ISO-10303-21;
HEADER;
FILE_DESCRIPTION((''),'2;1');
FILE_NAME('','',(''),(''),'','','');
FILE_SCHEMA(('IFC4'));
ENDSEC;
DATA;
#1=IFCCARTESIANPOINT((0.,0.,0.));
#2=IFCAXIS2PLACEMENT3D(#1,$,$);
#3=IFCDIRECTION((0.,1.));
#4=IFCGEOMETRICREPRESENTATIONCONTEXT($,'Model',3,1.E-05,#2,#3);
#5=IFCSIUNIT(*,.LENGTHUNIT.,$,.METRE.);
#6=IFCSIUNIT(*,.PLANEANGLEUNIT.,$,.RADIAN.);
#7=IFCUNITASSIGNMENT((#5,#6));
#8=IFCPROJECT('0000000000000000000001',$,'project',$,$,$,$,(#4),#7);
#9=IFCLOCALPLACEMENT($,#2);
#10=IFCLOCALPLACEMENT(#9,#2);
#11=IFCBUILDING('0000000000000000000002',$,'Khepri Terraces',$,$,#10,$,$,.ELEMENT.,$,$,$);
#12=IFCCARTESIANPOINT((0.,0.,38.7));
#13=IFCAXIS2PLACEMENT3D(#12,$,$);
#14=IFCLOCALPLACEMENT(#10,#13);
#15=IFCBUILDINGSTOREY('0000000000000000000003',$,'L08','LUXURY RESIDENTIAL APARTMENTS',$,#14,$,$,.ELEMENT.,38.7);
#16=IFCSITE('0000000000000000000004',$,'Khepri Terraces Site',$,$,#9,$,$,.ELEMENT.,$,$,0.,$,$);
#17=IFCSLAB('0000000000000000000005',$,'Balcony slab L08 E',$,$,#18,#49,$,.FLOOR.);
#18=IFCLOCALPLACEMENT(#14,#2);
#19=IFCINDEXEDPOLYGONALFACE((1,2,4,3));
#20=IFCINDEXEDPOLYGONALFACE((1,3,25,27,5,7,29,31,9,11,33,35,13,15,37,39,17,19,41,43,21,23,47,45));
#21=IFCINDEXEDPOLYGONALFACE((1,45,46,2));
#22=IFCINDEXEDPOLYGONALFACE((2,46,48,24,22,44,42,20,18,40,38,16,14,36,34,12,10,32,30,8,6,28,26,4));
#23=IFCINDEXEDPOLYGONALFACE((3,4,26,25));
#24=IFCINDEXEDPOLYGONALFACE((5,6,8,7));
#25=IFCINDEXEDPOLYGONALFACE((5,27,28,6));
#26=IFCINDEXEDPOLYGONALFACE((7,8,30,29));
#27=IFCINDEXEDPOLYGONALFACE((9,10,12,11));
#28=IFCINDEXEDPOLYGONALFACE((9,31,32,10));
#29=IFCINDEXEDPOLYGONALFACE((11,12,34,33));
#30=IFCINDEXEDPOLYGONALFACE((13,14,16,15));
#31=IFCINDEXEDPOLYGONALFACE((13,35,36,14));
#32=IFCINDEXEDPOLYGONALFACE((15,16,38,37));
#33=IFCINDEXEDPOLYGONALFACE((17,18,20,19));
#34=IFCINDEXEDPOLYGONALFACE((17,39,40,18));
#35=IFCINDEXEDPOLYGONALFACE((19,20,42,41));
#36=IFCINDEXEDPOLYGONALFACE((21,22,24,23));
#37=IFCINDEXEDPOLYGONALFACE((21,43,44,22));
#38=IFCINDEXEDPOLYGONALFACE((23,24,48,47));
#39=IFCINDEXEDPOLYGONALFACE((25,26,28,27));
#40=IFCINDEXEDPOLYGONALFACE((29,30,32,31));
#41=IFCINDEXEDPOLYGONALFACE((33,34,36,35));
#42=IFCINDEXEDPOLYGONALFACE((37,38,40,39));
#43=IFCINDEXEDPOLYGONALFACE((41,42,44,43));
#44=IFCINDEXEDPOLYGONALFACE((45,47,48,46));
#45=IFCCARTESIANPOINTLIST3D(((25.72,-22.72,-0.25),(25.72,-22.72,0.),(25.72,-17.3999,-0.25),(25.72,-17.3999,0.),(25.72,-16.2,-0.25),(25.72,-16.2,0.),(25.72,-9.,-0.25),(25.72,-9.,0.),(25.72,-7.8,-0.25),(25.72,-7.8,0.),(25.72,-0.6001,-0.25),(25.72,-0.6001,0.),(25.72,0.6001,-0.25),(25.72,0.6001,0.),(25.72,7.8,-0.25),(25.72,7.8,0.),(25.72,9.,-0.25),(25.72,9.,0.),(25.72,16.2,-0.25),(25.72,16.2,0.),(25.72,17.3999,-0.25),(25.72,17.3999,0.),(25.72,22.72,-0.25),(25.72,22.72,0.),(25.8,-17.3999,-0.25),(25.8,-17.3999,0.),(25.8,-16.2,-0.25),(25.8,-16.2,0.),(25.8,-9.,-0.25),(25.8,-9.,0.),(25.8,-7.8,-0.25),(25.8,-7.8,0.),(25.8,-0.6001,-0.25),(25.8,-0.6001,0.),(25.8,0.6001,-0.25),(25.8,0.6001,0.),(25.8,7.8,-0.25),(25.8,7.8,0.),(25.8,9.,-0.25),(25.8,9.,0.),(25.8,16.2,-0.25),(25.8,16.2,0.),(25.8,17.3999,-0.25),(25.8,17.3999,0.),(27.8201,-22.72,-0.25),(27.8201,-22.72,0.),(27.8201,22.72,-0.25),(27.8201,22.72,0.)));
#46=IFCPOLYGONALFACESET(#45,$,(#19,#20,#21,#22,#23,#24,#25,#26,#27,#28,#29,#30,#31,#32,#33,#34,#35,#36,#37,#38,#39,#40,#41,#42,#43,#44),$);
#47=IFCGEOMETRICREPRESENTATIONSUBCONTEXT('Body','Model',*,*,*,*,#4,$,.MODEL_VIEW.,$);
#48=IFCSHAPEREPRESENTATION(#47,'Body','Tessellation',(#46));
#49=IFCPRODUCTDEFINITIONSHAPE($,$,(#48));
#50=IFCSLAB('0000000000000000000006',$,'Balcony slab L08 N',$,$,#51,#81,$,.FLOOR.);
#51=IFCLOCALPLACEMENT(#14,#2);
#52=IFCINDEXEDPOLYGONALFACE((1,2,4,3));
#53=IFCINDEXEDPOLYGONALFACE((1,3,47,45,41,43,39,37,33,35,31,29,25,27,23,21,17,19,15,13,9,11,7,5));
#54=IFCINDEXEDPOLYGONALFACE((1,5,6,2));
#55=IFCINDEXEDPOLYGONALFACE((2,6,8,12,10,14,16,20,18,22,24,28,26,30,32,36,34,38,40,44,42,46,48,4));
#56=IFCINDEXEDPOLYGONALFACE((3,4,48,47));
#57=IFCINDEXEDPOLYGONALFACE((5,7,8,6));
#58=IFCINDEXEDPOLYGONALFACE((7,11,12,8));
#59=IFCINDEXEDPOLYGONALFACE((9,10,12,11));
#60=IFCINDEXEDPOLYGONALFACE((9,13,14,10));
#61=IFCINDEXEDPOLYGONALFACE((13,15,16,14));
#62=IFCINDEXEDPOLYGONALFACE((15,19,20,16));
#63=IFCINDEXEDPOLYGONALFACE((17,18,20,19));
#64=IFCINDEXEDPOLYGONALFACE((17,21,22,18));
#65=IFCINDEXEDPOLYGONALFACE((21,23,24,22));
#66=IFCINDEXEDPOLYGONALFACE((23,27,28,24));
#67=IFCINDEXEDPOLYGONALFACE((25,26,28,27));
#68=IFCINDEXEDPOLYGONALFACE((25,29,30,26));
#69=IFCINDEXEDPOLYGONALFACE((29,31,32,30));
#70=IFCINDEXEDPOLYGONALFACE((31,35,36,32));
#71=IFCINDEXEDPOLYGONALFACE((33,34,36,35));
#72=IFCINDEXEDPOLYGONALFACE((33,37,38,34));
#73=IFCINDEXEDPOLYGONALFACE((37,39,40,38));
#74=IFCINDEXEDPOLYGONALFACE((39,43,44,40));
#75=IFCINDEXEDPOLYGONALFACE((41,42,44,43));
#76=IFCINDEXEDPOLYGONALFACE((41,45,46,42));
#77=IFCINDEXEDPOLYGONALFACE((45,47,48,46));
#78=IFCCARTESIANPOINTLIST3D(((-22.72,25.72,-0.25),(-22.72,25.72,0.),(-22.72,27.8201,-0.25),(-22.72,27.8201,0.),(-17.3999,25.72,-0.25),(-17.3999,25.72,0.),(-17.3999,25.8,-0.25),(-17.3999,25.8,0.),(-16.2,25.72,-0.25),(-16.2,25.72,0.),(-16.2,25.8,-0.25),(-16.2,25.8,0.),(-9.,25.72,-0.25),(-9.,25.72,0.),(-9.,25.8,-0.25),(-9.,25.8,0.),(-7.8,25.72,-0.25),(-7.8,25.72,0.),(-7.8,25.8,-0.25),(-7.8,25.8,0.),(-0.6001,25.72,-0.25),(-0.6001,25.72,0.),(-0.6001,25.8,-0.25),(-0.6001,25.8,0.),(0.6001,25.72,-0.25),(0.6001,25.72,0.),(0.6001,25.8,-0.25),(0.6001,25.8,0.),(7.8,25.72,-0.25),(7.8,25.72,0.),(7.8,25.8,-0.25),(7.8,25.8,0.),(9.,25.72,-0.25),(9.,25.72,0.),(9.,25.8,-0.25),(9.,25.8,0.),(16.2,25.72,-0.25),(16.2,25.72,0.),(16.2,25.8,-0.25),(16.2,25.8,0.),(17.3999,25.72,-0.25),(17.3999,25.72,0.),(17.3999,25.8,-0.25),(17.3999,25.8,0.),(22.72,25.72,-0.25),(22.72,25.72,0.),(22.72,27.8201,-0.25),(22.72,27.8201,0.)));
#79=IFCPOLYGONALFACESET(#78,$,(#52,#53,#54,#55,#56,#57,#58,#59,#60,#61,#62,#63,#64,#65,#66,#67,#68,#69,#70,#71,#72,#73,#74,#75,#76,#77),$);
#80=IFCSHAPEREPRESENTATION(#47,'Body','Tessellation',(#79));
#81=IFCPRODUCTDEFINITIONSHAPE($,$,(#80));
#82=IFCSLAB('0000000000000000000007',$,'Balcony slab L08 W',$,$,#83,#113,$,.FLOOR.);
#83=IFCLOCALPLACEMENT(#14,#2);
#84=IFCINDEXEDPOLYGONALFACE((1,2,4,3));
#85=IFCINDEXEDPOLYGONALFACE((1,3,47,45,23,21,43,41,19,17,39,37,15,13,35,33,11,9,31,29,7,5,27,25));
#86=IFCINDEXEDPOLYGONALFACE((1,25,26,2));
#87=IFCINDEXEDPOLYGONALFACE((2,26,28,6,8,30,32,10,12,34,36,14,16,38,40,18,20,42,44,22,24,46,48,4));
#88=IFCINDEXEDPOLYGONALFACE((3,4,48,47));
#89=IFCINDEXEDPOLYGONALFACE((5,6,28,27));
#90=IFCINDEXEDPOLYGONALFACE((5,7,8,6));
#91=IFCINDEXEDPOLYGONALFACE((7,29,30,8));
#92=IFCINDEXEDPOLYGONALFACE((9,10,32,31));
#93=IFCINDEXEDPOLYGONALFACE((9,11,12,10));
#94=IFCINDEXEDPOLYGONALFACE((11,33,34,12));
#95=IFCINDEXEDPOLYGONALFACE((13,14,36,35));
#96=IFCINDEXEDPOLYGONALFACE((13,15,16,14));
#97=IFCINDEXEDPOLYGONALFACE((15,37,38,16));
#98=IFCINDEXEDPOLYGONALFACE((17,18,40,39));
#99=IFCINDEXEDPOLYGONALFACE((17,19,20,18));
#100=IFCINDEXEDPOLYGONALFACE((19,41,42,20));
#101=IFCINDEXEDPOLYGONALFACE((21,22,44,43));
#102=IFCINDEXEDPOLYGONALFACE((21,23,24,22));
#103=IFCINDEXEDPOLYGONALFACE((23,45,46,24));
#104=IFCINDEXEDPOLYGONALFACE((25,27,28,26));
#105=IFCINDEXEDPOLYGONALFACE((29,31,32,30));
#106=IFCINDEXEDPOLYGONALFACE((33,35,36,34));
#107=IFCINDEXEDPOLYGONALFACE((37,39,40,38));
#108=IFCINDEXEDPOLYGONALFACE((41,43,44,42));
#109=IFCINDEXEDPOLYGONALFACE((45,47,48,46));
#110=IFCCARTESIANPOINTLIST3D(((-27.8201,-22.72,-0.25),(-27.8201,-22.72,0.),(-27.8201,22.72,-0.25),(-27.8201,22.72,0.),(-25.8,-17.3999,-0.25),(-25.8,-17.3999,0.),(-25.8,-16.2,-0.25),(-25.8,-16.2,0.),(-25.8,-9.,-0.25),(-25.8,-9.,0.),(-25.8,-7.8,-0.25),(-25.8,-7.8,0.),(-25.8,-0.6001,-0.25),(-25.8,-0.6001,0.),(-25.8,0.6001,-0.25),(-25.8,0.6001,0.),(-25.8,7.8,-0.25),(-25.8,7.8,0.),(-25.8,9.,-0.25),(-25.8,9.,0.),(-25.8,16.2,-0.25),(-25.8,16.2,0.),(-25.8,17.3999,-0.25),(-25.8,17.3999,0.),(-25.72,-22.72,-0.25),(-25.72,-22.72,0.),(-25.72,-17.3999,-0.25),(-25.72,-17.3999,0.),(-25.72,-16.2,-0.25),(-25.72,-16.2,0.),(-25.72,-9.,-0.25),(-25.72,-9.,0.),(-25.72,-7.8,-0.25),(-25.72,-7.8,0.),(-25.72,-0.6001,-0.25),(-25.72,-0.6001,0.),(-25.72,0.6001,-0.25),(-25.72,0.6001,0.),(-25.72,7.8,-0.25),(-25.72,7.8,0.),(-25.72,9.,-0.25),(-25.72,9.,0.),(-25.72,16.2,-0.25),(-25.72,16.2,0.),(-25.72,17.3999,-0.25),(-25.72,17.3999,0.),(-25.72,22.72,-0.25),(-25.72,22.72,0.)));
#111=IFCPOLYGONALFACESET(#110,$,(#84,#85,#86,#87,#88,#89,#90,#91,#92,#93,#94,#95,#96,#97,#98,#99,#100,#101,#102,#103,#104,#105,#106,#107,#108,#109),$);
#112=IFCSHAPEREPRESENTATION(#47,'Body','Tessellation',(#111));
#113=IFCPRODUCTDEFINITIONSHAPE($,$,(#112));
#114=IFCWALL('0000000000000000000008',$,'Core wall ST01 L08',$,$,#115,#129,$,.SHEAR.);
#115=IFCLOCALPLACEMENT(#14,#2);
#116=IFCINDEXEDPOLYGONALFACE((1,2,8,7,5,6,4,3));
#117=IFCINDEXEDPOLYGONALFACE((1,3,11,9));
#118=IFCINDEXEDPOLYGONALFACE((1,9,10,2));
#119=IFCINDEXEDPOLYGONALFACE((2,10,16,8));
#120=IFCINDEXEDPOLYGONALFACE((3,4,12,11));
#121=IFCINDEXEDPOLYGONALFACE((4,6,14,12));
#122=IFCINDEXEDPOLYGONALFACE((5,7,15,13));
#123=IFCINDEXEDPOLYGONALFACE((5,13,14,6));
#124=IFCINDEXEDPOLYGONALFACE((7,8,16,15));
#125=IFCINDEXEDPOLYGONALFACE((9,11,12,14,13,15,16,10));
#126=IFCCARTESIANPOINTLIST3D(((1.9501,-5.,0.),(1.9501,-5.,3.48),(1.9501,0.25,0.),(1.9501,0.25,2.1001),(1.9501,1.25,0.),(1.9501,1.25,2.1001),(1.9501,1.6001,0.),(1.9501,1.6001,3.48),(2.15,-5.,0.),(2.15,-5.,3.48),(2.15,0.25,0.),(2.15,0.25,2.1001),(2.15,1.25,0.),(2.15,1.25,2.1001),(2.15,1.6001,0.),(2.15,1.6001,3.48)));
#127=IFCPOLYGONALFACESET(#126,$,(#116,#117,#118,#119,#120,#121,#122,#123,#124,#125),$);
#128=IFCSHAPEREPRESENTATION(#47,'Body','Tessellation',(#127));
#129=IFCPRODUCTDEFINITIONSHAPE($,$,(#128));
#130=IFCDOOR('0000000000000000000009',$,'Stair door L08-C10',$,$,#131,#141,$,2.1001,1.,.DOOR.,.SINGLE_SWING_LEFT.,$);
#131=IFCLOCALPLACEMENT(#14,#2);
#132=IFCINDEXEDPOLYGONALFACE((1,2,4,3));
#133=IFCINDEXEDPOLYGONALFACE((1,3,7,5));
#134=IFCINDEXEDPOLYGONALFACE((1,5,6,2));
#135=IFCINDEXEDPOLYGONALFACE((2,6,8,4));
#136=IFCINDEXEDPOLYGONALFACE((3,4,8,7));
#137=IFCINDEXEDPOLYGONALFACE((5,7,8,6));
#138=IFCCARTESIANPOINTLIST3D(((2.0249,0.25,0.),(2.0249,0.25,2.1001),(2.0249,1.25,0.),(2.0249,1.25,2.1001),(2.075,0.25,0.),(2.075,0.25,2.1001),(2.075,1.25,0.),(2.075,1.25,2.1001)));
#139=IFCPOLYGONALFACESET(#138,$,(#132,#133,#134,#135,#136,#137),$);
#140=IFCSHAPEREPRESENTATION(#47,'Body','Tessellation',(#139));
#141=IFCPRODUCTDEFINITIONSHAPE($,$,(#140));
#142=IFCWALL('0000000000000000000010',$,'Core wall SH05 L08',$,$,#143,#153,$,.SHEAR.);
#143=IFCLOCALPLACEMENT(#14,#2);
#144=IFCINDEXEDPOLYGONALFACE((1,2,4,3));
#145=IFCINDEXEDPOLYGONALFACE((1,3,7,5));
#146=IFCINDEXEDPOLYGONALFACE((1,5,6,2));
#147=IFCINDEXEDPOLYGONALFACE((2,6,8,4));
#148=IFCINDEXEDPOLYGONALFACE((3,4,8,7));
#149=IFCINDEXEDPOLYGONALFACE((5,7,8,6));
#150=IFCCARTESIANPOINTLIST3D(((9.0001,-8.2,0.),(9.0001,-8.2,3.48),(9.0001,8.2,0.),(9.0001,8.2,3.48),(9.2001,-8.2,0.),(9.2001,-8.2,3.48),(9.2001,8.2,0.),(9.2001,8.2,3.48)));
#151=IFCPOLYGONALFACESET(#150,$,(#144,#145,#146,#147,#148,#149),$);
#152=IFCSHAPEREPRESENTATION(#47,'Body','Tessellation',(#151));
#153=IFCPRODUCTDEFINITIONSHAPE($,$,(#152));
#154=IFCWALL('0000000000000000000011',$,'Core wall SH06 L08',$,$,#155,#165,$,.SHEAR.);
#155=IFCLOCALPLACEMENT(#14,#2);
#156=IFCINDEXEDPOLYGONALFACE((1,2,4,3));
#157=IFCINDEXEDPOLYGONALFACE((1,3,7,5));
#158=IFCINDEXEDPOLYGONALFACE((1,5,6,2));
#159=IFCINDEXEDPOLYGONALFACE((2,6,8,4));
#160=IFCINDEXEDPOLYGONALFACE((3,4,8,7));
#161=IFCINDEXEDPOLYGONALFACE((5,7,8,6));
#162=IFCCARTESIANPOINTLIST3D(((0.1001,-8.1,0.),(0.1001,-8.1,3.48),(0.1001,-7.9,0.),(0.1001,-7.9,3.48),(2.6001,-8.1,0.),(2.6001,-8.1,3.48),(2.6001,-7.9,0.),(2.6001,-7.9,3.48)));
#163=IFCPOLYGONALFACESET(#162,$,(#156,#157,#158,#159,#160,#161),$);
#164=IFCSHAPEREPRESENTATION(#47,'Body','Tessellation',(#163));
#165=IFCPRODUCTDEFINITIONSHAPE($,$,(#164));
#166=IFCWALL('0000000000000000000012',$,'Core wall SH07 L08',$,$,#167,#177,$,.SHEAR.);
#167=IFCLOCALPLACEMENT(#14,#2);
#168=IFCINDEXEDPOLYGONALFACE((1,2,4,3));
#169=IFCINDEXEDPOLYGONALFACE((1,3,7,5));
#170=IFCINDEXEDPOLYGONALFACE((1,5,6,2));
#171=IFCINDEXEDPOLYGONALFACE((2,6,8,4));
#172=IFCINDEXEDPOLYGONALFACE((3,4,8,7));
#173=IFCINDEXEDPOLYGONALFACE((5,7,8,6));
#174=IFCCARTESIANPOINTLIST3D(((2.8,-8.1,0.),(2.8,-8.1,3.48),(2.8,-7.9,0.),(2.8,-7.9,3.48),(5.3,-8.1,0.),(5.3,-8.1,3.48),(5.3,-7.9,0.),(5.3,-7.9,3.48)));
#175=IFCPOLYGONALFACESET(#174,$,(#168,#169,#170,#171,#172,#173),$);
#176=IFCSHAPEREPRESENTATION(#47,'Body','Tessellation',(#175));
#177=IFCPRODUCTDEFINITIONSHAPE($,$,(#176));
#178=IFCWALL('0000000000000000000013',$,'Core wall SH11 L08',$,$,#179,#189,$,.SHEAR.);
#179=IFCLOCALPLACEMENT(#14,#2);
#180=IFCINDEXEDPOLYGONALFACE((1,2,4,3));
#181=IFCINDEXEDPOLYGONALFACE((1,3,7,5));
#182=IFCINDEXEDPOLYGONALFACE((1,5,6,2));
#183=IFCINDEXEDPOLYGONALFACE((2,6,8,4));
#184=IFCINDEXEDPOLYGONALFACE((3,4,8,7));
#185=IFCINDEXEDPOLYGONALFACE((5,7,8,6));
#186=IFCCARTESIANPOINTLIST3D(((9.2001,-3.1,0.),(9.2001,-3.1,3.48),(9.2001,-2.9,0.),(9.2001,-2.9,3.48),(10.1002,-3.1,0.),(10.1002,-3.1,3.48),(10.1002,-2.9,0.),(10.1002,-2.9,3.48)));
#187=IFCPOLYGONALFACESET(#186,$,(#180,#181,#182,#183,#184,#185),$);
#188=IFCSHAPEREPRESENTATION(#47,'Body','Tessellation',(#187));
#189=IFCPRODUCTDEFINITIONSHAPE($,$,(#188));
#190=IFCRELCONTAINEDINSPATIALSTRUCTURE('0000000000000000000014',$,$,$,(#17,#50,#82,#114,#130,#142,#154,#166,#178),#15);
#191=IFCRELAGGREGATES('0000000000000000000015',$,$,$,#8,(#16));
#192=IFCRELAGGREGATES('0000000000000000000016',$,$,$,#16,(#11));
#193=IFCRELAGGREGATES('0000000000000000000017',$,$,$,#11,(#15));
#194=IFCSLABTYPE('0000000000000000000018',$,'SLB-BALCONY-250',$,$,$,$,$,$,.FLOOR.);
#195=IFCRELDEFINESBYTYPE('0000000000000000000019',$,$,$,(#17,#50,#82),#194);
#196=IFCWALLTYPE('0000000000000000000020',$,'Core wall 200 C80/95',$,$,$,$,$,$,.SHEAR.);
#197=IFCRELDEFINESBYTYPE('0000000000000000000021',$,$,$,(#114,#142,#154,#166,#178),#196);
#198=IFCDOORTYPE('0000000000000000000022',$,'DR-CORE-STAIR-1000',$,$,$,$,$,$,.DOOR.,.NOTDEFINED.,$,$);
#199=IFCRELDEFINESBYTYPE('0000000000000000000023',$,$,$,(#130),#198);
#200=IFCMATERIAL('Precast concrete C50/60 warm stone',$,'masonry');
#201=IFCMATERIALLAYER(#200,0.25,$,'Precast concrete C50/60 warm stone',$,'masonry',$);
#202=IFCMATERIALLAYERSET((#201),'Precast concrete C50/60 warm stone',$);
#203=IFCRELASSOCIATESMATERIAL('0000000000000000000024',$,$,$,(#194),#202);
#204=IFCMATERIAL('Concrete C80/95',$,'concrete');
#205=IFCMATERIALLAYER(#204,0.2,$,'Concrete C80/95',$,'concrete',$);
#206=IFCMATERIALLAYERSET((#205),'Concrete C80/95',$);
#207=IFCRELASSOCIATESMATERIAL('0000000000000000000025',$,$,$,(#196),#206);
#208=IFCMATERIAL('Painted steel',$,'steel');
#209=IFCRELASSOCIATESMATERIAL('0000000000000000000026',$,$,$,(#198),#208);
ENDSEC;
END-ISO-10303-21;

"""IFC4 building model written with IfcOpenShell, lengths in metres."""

from ifc_helpers import new_model, si_unit, direction, frame, frame_2d, origin, place, context, subcontext, project, spatial, polyline, rectangle, outline, extrude, material, layer, layer_set, type_object, element, fill, save


model = new_model("IFC4")

# Units and contexts
model_context = context("Model", 3, precision=1e-05, world=origin(), true_north=direction((0.0, 1.0)))
body_context = subcontext(model_context, "Body", "Model", "MODEL_VIEW")
ifc_project = project(units=[si_unit("LENGTHUNIT", "METRE"), si_unit("PLANEANGLEUNIT", "RADIAN")], contexts=[model_context])

# Site, building, storey
site_placement = place(None, origin())
site = spatial("IfcSite", under=ifc_project, at=site_placement, Name="Khepri Terraces Site", CompositionType="ELEMENT", RefElevation=0.0)
building_placement = place(site_placement, origin())
building = spatial("IfcBuilding", under=site, at=building_placement, Name="Khepri Terraces", CompositionType="ELEMENT")
storey_placement = place(building_placement, frame((0.0, 0.0, 38.7)))
storey = spatial("IfcBuildingStorey", under=building, at=storey_placement, Name="L08", Description="LUXURY RESIDENTIAL APARTMENTS", CompositionType="ELEMENT", Elevation=38.7)

# Slabs
ifc_material_1 = material(Name="Precast concrete C50/60 warm stone", Category="masonry")
ifc_layer_1 = layer(ifc_material_1, 0.25, Name="Precast concrete C50/60 warm stone", Category="masonry")
ifc_layer_set_1 = layer_set([ifc_layer_1], Name="Precast concrete C50/60 warm stone")
slab_type = type_object("IfcSlabType", Name="SLB-BALCONY-250", PredefinedType="FLOOR", material=ifc_layer_set_1)
slab_1_placement = place(storey_placement, frame((0.0, 0.0, -0.25)))
element("IfcSlab", 1, at=slab_1_placement, inside=storey, type_object=slab_type, Name="Balcony slab L08 E", PredefinedType="FLOOR", context=body_context, shape_type="SweptSolid", body=[
    extrude(outline(polyline([(25.72, -17.3999), (25.72, -22.72), (27.8201, -22.72), (27.8201, 22.72), (25.72, 22.72), (25.72, 17.3999), (25.8, 17.3999), (25.8, 16.2), (25.72, 16.2), (25.72, 9.0), (25.8, 9.0), (25.8, 7.8), (25.72, 7.8), (25.72, 0.6001), (25.8, 0.6001), (25.8, -0.6001), (25.72, -0.6001), (25.72, -7.8), (25.8, -7.8), (25.8, -9.0), (25.72, -9.0), (25.72, -16.2), (25.8, -16.2), (25.8, -17.3999), (25.72, -17.3999)])), origin(), (0.0, 0.0, 1.0), 0.25),
])
slab_2_placement = place(storey_placement, frame((0.0, 0.0, -0.25)))
element("IfcSlab", 2, at=slab_2_placement, inside=storey, type_object=slab_type, Name="Balcony slab L08 N", PredefinedType="FLOOR", context=body_context, shape_type="SweptSolid", body=[
    extrude(outline(polyline([(17.3999, 25.72), (22.72, 25.72), (22.72, 27.8201), (-22.72, 27.8201), (-22.72, 25.72), (-17.3999, 25.72), (-17.3999, 25.8), (-16.2, 25.8), (-16.2, 25.72), (-9.0, 25.72), (-9.0, 25.8), (-7.8, 25.8), (-7.8, 25.72), (-0.6001, 25.72), (-0.6001, 25.8), (0.6001, 25.8), (0.6001, 25.72), (7.8, 25.72), (7.8, 25.8), (9.0, 25.8), (9.0, 25.72), (16.2, 25.72), (16.2, 25.8), (17.3999, 25.8), (17.3999, 25.72)])), origin(), (0.0, 0.0, 1.0), 0.25),
])
slab_3_placement = place(storey_placement, frame((0.0, 0.0, -0.25)))
element("IfcSlab", 3, at=slab_3_placement, inside=storey, type_object=slab_type, Name="Balcony slab L08 W", PredefinedType="FLOOR", context=body_context, shape_type="SweptSolid", body=[
    extrude(outline(polyline([(-25.72, 17.3999), (-25.72, 22.72), (-27.8201, 22.72), (-27.8201, -22.72), (-25.72, -22.72), (-25.72, -17.3999), (-25.8, -17.3999), (-25.8, -16.2), (-25.72, -16.2), (-25.72, -9.0), (-25.8, -9.0), (-25.8, -7.8), (-25.72, -7.8), (-25.72, -0.6001), (-25.8, -0.6001), (-25.8, 0.6001), (-25.72, 0.6001), (-25.72, 7.8), (-25.8, 7.8), (-25.8, 9.0), (-25.72, 9.0), (-25.72, 16.2), (-25.8, 16.2), (-25.8, 17.3999), (-25.72, 17.3999)])), origin(), (0.0, 0.0, 1.0), 0.25),
])

# Wall, opening, door
ifc_material_2 = material(Name="Concrete C80/95", Category="concrete")
ifc_layer_2 = layer(ifc_material_2, 0.2, Name="Concrete C80/95", Category="concrete")
ifc_layer_set_2 = layer_set([ifc_layer_2], Name="Concrete C80/95")
wall_type_1 = type_object("IfcWallType", Name="Core wall 200 C80/95", PredefinedType="SHEAR", material=ifc_layer_set_2)
wall_1_placement = place(storey_placement, frame((2.05, -5.0, 0.0), z_axis=(0.0, 0.0, 1.0), x_axis=(0.0, 1.0, 0.0)))
wall_1 = element("IfcWall", 4, at=wall_1_placement, inside=storey, type_object=wall_type_1, Name="Core wall ST01 L08", PredefinedType="SHEAR", context=body_context, shape_type="SweptSolid", body=[
    extrude(rectangle(XDim=6.6001, YDim=0.2, at=frame_2d((3.3, 0.0))), origin(), (0.0, 0.0, 1.0), 3.48),
])
opening_1_placement = place(wall_1_placement, frame((5.25, 0.0, 0.0)))
opening_1 = element("IfcOpeningElement", 5, at=opening_1_placement, cuts=wall_1, PredefinedType="OPENING", context=body_context, shape_type="SweptSolid", body=[
    extrude(rectangle(XDim=1.0, YDim=2.1001, at=frame_2d((0.5, 1.05))), frame((0.0, 0.1099, 0.0), z_axis=(0.0, -1.0, 0.0), x_axis=(1.0, 0.0, 0.0)), (0.0, 0.0, 1.0), 0.22),
])
ifc_material_3 = material(Name="Painted steel", Category="steel")
door_type_1 = type_object("IfcDoorType", Name="DR-CORE-STAIR-1000", OperationType="NOTDEFINED", PredefinedType="DOOR", material=ifc_material_3)
door_1_placement = place(opening_1_placement, frame((1.0, 0.0, 0.0), z_axis=(0.0, 0.0, 1.0), x_axis=(-1.0, 0.0, 0.0)))
door_1 = element("IfcDoor", 6, at=door_1_placement, inside=storey, type_object=door_type_1, Name="Stair door L08-C10", OperationType="SINGLE_SWING_LEFT", OverallHeight=2.1001, OverallWidth=1.0, PredefinedType="DOOR", context=body_context, shape_type="SweptSolid", body=[
    extrude(rectangle(XDim=1.0, YDim=2.1001, at=frame_2d((0.5, 1.05))), frame((0.0, 0.0249, 0.0), z_axis=(0.0, -1.0, 0.0), x_axis=(1.0, 0.0, 0.0)), (0.0, 0.0, 1.0), 0.05),
])
fill(opening_1, door_1)

# Walls
wall_2_placement = place(storey_placement, frame((9.1001, -8.2, 0.0), z_axis=(0.0, 0.0, 1.0), x_axis=(0.0, 1.0, 0.0)))
element("IfcWall", 7, at=wall_2_placement, inside=storey, type_object=wall_type_1, Name="Core wall SH05 L08", PredefinedType="SHEAR", context=body_context, shape_type="SweptSolid", body=[
    extrude(rectangle(XDim=16.3999, YDim=0.2, at=frame_2d((8.2, 0.0))), origin(), (0.0, 0.0, 1.0), 3.48),
])
for number, where, z_axis, x_axis, name in (
    (8, (0.1001, -8.0, 0.0), (0.0, 0.0, 1.0), (1.0, 0.0, 0.0), "Core wall SH06 L08"),
    (9, (2.8, -8.0, 0.0), (0.0, 0.0, 1.0), (1.0, 0.0, 0.0), "Core wall SH07 L08"),
):
    element("IfcWall", number, at=place(storey_placement, frame(where, z_axis=z_axis, x_axis=x_axis)), inside=storey, type_object=wall_type_1, Name=name, PredefinedType="SHEAR", context=body_context, shape_type="SweptSolid", body=[
        extrude(rectangle(XDim=2.5, YDim=0.2, at=frame_2d((1.25, 0.0))), origin(), (0.0, 0.0, 1.0), 3.48),
    ])
wall_3_placement = place(storey_placement, frame((9.2, -3.0, 0.0), z_axis=(0.0, 0.0, 1.0), x_axis=(1.0, 0.0, 0.0)))
element("IfcWall", 10, at=wall_3_placement, inside=storey, type_object=wall_type_1, Name="Core wall SH11 L08", PredefinedType="SHEAR", context=body_context, shape_type="SweptSolid", body=[
    extrude(rectangle(XDim=0.9001, YDim=0.2, at=frame_2d((0.4502, 0.0))), origin(), (0.0, 0.0, 1.0), 3.48),
])

save(model, "model.ifc")
